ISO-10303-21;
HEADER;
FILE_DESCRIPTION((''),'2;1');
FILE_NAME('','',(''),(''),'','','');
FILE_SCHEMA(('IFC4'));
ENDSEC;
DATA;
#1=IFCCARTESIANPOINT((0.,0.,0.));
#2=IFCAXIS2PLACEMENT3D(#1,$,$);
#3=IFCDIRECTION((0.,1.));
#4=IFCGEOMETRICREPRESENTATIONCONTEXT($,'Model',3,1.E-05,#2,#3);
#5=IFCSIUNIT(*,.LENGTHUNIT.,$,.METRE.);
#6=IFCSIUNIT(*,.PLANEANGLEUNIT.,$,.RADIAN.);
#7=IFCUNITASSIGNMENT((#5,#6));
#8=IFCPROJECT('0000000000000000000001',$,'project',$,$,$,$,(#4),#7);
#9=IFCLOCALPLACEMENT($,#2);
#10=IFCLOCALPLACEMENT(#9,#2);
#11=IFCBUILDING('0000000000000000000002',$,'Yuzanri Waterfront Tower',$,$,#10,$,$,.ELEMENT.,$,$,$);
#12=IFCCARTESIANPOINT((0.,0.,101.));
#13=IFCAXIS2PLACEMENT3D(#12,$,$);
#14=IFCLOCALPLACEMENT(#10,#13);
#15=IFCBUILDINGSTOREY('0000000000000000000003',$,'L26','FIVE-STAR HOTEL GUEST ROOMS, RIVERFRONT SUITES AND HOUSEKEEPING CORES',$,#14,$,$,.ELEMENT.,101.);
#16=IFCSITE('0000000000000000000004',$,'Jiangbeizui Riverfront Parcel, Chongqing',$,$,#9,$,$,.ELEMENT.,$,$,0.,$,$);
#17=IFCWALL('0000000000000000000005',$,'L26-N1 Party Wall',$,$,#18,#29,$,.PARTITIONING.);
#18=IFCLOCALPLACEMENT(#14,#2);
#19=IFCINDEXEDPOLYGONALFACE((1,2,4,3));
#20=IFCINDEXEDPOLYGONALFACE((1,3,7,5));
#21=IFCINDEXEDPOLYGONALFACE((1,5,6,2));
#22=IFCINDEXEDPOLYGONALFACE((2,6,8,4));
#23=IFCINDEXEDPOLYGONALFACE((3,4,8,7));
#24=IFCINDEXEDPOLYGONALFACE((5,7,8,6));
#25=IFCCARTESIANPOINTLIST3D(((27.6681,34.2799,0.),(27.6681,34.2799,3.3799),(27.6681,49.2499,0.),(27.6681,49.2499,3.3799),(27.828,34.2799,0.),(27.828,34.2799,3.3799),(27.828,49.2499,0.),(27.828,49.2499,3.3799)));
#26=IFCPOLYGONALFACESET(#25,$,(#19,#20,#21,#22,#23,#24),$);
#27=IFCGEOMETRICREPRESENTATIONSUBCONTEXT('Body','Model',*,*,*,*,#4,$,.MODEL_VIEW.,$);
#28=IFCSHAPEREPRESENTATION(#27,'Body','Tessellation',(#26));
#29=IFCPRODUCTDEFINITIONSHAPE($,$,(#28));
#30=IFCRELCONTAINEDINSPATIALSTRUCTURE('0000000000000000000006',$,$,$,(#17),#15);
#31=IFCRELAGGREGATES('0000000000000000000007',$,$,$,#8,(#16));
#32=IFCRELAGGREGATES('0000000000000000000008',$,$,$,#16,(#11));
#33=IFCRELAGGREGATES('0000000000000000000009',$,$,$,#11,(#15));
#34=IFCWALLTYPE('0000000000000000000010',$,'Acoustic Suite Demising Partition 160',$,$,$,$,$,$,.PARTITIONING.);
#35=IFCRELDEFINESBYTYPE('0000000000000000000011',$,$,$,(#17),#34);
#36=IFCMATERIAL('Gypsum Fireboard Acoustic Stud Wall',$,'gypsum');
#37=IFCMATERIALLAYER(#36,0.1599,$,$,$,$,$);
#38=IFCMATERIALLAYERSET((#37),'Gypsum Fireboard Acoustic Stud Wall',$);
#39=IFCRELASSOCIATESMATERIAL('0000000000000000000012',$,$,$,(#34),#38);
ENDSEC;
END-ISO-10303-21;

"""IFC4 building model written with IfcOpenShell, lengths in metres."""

from ifc_helpers import new_model, si_unit, direction, frame, frame_2d, origin, place, context, subcontext, project, spatial, rectangle, extrude, source, transform, mapped, material, layer, layer_set, type_object, element, save


model = new_model("IFC4")

# Units and contexts
model_context = context("Model", 3, precision=1e-05, world=origin(), true_north=direction((0.0, 1.0)))
body_context = subcontext(model_context, "Body", "Model", "MODEL_VIEW")
ifc_project = project(units=[si_unit("LENGTHUNIT", "METRE"), si_unit("PLANEANGLEUNIT", "RADIAN")], contexts=[model_context])

# Site, building, storey
site_placement = place(None, origin())
site = spatial("IfcSite", under=ifc_project, at=site_placement, Name="Jiangbeizui Riverfront Parcel, Chongqing", CompositionType="ELEMENT", RefElevation=0.0)
building_placement = place(site_placement, origin())
building = spatial("IfcBuilding", under=site, at=building_placement, Name="Yuzanri Waterfront Tower", CompositionType="ELEMENT")
storey_placement = place(building_placement, frame((0.0, 0.0, 101.0)))
storey = spatial("IfcBuildingStorey", under=building, at=storey_placement, Name="L26", Description="FIVE-STAR HOTEL GUEST ROOMS, RIVERFRONT SUITES AND HOUSEKEEPING CORES", CompositionType="ELEMENT", Elevation=101.0)

# Wall
ifc_material_1 = material(Name="Gypsum Fireboard Acoustic Stud Wall", Category="gypsum")
ifc_layer_1 = layer(ifc_material_1, 0.1599)
ifc_layer_set_1 = layer_set([ifc_layer_1], Name="Gypsum Fireboard Acoustic Stud Wall")
wall_type_1 = type_object("IfcWallType", Name="Acoustic Suite Demising Partition 160", PredefinedType="PARTITIONING", material=ifc_layer_set_1)
shared_shape_1 = source(origin(), body_context, "Body", "SweptSolid", [
    extrude(rectangle(XDim=14.97, YDim=0.1599, at=frame_2d((7.4849, 0.0))), origin(), (0.0, 0.0, 1.0), 3.3799),
])
wall_1_placement = place(storey_placement, frame((27.748, 34.28, 0.0), z_axis=(0.0, 0.0, 1.0), x_axis=(0.0, 1.0, 0.0)))
element("IfcWall", 1, at=wall_1_placement, inside=storey, type_object=wall_type_1, Name="L26-N1 Party Wall", PredefinedType="PARTITIONING", context=body_context, shape_type="MappedRepresentation", body=[
    mapped(shared_shape_1, transform((0.0, 0.0, 0.0), scale=1.0)),
])

save(model, "model.ifc")
